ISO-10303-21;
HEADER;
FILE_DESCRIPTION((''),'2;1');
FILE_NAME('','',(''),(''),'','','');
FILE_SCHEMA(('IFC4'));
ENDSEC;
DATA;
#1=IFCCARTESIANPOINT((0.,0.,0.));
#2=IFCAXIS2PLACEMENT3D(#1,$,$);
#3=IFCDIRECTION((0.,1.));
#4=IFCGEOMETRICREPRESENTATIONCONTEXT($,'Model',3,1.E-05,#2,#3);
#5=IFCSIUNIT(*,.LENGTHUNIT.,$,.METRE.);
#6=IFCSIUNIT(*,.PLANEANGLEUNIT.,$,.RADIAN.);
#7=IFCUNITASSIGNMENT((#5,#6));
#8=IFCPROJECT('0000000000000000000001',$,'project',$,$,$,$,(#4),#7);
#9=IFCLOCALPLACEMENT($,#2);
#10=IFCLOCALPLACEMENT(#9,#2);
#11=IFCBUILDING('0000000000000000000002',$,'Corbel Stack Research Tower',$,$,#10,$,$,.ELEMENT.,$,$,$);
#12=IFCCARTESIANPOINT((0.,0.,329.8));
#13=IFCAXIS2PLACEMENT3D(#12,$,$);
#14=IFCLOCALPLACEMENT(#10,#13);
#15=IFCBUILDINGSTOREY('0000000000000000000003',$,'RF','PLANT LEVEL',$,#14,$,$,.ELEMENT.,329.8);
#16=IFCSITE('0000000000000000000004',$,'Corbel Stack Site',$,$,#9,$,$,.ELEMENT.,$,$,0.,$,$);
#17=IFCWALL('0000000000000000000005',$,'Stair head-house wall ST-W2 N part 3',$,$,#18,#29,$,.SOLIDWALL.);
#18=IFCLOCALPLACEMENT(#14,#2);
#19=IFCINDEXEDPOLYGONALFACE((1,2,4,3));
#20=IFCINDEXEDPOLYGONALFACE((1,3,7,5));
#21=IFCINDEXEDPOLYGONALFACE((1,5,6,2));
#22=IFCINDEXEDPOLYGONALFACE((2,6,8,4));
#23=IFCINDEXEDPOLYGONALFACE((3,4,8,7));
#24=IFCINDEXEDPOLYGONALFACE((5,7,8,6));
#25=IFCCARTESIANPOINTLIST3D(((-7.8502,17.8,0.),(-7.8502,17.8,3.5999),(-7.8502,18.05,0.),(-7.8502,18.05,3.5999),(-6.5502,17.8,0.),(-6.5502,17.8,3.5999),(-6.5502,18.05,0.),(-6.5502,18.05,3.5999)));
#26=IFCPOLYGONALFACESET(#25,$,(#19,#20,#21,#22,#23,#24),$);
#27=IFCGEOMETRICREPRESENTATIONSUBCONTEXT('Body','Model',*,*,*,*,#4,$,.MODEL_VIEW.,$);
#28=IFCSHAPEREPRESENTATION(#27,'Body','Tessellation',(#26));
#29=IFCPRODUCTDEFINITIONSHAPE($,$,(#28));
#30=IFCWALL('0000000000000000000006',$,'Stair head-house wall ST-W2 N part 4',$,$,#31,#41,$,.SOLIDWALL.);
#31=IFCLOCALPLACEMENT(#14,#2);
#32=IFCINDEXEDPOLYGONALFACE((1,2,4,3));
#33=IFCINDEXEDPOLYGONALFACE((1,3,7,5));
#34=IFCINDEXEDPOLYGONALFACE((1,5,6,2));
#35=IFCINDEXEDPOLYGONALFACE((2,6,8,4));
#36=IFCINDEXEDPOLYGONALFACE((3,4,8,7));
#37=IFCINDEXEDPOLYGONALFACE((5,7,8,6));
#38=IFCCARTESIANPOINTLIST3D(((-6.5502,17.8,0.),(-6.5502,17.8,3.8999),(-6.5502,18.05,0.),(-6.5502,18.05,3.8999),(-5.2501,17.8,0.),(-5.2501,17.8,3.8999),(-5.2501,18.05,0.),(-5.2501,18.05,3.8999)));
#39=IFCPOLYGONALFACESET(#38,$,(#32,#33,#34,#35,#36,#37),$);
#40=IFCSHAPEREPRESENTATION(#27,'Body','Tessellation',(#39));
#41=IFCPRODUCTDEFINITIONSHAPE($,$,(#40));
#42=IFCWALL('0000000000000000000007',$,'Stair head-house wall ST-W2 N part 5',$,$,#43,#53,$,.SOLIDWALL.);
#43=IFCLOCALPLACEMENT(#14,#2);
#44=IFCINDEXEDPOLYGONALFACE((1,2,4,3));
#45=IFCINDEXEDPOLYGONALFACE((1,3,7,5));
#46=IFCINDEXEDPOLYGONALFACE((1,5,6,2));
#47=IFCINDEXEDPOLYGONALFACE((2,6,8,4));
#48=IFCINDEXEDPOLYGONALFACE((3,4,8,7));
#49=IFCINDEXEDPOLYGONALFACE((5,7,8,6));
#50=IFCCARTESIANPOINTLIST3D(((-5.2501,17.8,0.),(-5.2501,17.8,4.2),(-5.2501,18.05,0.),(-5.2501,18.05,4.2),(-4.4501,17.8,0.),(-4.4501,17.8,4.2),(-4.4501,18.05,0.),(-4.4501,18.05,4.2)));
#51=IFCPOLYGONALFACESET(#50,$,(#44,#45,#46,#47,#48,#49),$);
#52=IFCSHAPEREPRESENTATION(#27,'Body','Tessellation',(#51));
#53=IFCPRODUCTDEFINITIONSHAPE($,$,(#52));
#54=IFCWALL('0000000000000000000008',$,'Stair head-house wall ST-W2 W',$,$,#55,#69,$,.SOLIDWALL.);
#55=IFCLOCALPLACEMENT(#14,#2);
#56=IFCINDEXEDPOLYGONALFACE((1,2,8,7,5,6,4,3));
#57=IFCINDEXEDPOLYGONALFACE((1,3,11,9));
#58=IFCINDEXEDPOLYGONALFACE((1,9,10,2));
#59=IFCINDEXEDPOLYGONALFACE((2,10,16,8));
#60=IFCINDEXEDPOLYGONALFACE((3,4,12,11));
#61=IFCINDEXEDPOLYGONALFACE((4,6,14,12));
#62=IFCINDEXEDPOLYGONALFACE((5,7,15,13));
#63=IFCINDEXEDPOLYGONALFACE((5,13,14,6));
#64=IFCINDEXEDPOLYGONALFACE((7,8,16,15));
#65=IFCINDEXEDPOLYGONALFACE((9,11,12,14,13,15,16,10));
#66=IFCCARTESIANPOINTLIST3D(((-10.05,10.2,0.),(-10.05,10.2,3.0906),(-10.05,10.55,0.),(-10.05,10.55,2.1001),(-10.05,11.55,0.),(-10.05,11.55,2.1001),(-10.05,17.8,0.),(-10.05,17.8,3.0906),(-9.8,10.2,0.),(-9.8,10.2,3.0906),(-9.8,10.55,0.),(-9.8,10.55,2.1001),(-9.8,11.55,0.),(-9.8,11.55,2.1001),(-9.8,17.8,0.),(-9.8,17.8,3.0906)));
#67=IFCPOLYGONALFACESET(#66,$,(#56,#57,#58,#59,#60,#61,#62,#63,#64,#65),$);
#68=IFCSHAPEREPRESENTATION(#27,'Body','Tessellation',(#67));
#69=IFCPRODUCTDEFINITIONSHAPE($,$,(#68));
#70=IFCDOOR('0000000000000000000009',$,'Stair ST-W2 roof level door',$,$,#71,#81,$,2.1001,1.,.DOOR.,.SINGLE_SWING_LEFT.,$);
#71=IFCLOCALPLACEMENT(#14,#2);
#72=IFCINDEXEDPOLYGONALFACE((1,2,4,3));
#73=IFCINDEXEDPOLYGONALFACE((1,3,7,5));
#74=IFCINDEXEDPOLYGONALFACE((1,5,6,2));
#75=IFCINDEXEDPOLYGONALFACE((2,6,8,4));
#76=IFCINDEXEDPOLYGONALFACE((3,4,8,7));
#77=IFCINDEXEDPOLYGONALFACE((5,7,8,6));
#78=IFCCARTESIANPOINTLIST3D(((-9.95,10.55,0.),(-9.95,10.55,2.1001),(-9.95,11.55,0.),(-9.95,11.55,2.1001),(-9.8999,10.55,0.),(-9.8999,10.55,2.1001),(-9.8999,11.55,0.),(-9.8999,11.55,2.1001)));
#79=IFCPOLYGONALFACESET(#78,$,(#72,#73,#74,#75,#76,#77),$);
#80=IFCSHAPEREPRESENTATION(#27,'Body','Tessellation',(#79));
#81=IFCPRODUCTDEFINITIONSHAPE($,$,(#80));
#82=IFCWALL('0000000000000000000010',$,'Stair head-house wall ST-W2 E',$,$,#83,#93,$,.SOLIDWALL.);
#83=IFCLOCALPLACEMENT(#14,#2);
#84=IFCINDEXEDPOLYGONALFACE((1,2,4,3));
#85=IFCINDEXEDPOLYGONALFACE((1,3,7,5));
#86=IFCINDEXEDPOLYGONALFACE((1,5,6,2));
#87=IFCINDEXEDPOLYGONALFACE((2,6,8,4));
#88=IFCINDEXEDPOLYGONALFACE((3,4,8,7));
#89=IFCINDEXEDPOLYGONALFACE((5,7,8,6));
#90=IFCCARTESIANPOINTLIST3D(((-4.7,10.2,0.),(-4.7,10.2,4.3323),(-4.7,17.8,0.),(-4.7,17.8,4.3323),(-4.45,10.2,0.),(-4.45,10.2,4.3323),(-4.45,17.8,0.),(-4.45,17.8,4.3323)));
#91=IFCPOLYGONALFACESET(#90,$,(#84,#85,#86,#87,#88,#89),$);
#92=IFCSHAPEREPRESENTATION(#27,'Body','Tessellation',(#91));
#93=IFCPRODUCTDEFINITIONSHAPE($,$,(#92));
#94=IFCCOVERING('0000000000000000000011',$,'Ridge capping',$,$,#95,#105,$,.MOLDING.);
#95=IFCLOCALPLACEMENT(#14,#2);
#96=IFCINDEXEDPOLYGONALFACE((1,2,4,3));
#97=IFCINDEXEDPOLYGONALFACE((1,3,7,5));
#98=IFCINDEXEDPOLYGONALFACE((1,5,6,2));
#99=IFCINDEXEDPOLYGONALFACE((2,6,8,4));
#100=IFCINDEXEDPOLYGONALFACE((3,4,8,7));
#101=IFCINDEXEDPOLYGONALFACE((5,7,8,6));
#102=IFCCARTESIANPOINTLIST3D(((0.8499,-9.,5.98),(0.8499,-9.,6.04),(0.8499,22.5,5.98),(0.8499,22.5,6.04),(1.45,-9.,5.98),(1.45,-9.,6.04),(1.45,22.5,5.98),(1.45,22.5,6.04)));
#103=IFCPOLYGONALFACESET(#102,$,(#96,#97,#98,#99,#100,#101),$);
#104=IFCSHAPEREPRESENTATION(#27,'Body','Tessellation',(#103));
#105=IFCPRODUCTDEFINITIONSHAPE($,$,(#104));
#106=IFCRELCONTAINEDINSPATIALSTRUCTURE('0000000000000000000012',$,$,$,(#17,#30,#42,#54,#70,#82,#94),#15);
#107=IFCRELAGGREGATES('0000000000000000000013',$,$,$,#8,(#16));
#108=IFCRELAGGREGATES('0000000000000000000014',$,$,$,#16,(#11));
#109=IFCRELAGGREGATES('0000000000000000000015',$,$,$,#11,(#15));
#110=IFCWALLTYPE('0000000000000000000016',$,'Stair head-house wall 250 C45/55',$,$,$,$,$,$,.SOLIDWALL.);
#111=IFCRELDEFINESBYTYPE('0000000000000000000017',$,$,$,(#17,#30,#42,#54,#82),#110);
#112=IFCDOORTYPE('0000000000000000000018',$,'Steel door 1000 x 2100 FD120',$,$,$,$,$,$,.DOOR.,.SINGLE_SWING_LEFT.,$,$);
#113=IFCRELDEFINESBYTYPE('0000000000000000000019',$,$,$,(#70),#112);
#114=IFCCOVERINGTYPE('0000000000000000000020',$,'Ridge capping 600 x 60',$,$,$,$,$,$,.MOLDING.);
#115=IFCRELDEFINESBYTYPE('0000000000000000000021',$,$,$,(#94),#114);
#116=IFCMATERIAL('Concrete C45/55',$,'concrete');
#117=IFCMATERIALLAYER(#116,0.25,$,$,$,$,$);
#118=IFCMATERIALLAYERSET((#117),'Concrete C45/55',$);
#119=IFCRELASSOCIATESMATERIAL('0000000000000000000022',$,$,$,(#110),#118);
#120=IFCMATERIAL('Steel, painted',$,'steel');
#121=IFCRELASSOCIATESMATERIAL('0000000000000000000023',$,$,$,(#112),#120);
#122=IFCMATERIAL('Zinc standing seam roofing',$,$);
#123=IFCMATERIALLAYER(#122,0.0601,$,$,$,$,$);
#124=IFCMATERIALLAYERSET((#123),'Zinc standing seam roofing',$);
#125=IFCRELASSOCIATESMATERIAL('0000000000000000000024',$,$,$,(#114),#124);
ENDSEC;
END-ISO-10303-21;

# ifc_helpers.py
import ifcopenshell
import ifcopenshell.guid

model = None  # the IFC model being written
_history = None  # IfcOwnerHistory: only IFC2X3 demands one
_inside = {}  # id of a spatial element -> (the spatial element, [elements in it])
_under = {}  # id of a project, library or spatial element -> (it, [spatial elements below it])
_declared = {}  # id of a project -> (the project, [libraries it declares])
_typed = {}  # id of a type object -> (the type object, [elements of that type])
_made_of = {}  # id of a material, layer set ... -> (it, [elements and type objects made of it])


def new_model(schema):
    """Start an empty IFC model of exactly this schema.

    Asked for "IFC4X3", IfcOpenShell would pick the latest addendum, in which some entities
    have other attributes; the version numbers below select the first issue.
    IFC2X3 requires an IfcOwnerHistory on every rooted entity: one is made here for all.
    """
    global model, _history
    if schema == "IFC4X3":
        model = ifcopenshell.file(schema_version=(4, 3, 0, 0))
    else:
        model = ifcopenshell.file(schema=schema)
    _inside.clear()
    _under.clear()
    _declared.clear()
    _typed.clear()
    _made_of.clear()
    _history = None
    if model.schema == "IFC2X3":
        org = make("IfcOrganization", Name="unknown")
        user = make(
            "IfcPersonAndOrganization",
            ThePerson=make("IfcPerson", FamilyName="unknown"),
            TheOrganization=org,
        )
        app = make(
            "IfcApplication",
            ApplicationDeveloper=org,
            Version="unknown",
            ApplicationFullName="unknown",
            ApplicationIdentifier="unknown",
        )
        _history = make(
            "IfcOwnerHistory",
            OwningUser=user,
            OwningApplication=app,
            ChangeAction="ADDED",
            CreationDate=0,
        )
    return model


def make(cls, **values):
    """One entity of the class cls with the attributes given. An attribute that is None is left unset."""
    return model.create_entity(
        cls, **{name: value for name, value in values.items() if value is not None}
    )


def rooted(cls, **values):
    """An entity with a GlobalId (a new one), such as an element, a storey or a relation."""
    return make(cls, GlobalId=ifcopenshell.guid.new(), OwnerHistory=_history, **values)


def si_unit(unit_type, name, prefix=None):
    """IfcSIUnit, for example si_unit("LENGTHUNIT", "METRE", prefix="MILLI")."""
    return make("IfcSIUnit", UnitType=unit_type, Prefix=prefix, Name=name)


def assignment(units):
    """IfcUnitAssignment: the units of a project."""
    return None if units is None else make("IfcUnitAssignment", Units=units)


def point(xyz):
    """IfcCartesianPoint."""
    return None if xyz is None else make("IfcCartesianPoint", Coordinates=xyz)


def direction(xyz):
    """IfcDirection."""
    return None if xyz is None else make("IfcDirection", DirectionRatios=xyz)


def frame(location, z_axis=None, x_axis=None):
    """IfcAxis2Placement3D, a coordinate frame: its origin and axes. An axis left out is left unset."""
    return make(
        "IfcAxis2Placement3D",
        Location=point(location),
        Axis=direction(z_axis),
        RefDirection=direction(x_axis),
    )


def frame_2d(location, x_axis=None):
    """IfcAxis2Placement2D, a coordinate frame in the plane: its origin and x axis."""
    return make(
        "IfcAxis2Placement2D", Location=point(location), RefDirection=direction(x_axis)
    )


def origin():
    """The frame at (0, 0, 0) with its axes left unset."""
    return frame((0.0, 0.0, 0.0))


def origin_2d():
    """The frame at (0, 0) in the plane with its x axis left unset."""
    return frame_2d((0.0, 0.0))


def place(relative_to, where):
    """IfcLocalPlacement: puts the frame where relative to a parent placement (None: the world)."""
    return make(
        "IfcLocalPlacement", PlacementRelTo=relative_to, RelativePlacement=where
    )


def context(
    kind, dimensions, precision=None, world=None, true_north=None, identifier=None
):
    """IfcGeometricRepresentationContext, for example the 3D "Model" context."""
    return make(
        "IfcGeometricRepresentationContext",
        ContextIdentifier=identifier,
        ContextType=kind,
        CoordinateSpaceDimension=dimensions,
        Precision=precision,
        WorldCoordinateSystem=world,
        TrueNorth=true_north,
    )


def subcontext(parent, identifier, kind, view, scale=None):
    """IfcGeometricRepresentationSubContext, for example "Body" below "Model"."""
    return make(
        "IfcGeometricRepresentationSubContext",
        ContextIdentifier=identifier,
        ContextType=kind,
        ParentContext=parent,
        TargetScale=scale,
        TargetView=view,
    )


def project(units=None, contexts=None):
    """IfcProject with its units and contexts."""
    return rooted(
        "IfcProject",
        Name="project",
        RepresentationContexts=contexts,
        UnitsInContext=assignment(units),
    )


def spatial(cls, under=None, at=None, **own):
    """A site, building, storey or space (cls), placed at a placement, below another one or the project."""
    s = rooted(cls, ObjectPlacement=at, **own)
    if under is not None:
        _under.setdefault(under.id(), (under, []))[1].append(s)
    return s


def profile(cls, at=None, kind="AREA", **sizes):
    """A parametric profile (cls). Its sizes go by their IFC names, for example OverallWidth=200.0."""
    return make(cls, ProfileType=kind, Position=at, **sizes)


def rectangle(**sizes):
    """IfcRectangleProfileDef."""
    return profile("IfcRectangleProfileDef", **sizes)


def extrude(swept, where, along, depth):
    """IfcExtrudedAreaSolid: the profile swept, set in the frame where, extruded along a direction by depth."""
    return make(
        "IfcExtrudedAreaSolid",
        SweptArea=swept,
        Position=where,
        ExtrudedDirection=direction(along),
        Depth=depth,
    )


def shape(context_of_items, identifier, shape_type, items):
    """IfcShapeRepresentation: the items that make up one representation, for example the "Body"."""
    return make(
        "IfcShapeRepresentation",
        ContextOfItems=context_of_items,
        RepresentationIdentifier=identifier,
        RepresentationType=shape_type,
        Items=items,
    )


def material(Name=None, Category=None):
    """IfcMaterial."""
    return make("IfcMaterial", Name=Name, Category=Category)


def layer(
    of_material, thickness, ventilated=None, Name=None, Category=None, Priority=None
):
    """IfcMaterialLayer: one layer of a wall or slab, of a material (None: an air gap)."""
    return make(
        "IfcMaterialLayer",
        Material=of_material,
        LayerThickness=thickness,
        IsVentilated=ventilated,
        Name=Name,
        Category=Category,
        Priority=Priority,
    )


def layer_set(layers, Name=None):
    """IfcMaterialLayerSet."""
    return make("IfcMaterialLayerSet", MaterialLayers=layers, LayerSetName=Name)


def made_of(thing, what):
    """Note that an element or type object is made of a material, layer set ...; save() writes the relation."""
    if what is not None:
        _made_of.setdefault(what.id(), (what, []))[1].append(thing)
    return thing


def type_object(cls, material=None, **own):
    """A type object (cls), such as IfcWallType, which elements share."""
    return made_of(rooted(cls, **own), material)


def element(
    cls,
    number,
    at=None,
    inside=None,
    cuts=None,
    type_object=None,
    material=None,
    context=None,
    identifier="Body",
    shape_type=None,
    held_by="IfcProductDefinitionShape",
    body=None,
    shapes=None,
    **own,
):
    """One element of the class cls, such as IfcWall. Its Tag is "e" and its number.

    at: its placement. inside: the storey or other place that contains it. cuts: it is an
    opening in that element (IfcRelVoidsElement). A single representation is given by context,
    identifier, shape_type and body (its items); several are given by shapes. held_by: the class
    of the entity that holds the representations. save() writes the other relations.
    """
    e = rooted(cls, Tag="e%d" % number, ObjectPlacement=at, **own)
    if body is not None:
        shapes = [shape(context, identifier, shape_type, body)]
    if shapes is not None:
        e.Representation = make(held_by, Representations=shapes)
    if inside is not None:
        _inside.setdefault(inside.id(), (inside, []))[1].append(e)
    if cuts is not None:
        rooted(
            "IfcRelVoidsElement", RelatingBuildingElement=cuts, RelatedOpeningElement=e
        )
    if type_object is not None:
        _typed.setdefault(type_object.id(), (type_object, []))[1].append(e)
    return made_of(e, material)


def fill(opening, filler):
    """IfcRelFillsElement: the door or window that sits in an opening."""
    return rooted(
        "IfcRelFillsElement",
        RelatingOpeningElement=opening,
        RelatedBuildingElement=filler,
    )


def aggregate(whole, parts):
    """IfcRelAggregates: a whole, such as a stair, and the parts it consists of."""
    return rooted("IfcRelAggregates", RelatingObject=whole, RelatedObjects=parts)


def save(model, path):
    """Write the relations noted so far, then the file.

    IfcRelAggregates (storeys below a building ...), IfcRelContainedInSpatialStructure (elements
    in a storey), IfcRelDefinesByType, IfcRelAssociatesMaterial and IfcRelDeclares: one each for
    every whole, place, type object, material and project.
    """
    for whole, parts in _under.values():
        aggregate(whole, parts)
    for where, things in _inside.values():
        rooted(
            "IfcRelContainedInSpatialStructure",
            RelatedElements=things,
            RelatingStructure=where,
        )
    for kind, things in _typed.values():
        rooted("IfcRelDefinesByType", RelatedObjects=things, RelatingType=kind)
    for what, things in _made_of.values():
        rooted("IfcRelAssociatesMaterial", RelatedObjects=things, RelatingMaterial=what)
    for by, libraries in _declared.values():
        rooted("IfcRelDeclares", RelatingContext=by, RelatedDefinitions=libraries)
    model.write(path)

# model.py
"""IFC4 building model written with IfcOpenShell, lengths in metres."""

from ifc_helpers import new_model, si_unit, direction, frame, frame_2d, origin, origin_2d, place, context, subcontext, project, spatial, rectangle, extrude, material, layer, layer_set, type_object, element, fill, save


model = new_model("IFC4")

# Units and contexts
model_context = context("Model", 3, precision=1e-05, world=origin(), true_north=direction((0.0, 1.0)))
body_context = subcontext(model_context, "Body", "Model", "MODEL_VIEW")
ifc_project = project(units=[si_unit("LENGTHUNIT", "METRE"), si_unit("PLANEANGLEUNIT", "RADIAN")], contexts=[model_context])

# Site, building, storey
site_placement = place(None, origin())
site = spatial("IfcSite", under=ifc_project, at=site_placement, Name="Corbel Stack Site", CompositionType="ELEMENT", RefElevation=0.0)
building_placement = place(site_placement, origin())
building = spatial("IfcBuilding", under=site, at=building_placement, Name="Corbel Stack Research Tower", CompositionType="ELEMENT")
storey_placement = place(building_placement, frame((0.0, 0.0, 329.8)))
storey = spatial("IfcBuildingStorey", under=building, at=storey_placement, Name="RF", Description="PLANT LEVEL", CompositionType="ELEMENT", Elevation=329.8)

# Walls
ifc_material_1 = material(Name="Concrete C45/55", Category="concrete")
ifc_layer_1 = layer(ifc_material_1, 0.25)
ifc_layer_set_1 = layer_set([ifc_layer_1], Name="Concrete C45/55")
wall_type_1 = type_object("IfcWallType", Name="Stair head-house wall 250 C45/55", PredefinedType="SOLIDWALL", material=ifc_layer_set_1)
wall_1_placement = place(storey_placement, frame((-7.8501, 17.925, 0.0), z_axis=(0.0, 0.0, 1.0), x_axis=(1.0, 0.0, 0.0)))
element("IfcWall", 1, at=wall_1_placement, inside=storey, type_object=wall_type_1, Name="Stair head-house wall ST-W2 N part 3", PredefinedType="SOLIDWALL", context=body_context, shape_type="SweptSolid", body=[
    extrude(rectangle(XDim=1.3, YDim=0.25, at=frame_2d((0.6499, 0.0))), origin(), (0.0, 0.0, 1.0), 3.5999),
])
wall_2_placement = place(storey_placement, frame((-6.55, 17.925, 0.0), z_axis=(0.0, 0.0, 1.0), x_axis=(1.0, 0.0, 0.0)))
element("IfcWall", 2, at=wall_2_placement, inside=storey, type_object=wall_type_1, Name="Stair head-house wall ST-W2 N part 4", PredefinedType="SOLIDWALL", context=body_context, shape_type="SweptSolid", body=[
    extrude(rectangle(XDim=1.3, YDim=0.25, at=frame_2d((0.6499, 0.0))), origin(), (0.0, 0.0, 1.0), 3.8999),
])
wall_3_placement = place(storey_placement, frame((-5.25, 17.925, 0.0), z_axis=(0.0, 0.0, 1.0), x_axis=(1.0, 0.0, 0.0)))
element("IfcWall", 3, at=wall_3_placement, inside=storey, type_object=wall_type_1, Name="Stair head-house wall ST-W2 N part 5", PredefinedType="SOLIDWALL", context=body_context, shape_type="SweptSolid", body=[
    extrude(rectangle(XDim=0.8, YDim=0.25, at=frame_2d((0.3999, 0.0))), origin(), (0.0, 0.0, 1.0), 4.2),
])

# Wall, opening, door
wall_4_placement = place(storey_placement, frame((-9.925, 10.2, 0.0), z_axis=(0.0, 0.0, 1.0), x_axis=(0.0, 1.0, 0.0)))
wall_4 = element("IfcWall", 4, at=wall_4_placement, inside=storey, type_object=wall_type_1, Name="Stair head-house wall ST-W2 W", PredefinedType="SOLIDWALL", context=body_context, shape_type="SweptSolid", body=[
    extrude(rectangle(XDim=7.6001, YDim=0.25, at=frame_2d((3.8, 0.0))), origin(), (0.0, 0.0, 1.0), 3.0906),
])
opening_1_placement = place(wall_4_placement, frame((0.3501, 0.0, 0.0)))
opening_1 = element("IfcOpeningElement", 5, at=opening_1_placement, cuts=wall_4, PredefinedType="OPENING", context=body_context, shape_type="SweptSolid", body=[
    extrude(rectangle(XDim=1.0, YDim=2.1001, at=frame_2d((0.5, 1.05))), frame((0.0, 0.135, 0.0), z_axis=(0.0, -1.0, 0.0), x_axis=(1.0, 0.0, 0.0)), (0.0, 0.0, 1.0), 0.27),
])
ifc_material_2 = material(Name="Steel, painted", Category="steel")
door_type_1 = type_object("IfcDoorType", Name="Steel door 1000 x 2100 FD120", OperationType="SINGLE_SWING_LEFT", PredefinedType="DOOR", material=ifc_material_2)
door_1_placement = place(opening_1_placement, origin())
door_1 = element("IfcDoor", 6, at=door_1_placement, inside=storey, type_object=door_type_1, Name="Stair ST-W2 roof level door", OperationType="SINGLE_SWING_LEFT", OverallHeight=2.1001, OverallWidth=1.0, PredefinedType="DOOR", context=body_context, shape_type="SweptSolid", body=[
    extrude(rectangle(XDim=1.0, YDim=2.1001, at=frame_2d((0.5, 1.05))), frame((0.0, 0.0249, 0.0), z_axis=(0.0, -1.0, 0.0), x_axis=(1.0, 0.0, 0.0)), (0.0, 0.0, 1.0), 0.05),
])
fill(opening_1, door_1)

# Wall
wall_5_placement = place(storey_placement, frame((-4.575, 10.2, 0.0), z_axis=(0.0, 0.0, 1.0), x_axis=(0.0, 1.0, 0.0)))
element("IfcWall", 7, at=wall_5_placement, inside=storey, type_object=wall_type_1, Name="Stair head-house wall ST-W2 E", PredefinedType="SOLIDWALL", context=body_context, shape_type="SweptSolid", body=[
    extrude(rectangle(XDim=7.6001, YDim=0.25, at=frame_2d((3.8, 0.0))), origin(), (0.0, 0.0, 1.0), 4.3323),
])

# Covering
ifc_material_3 = material(Name="Zinc standing seam roofing")
ifc_layer_2 = layer(ifc_material_3, 0.0601)
ifc_layer_set_2 = layer_set([ifc_layer_2], Name="Zinc standing seam roofing")
covering_type = type_object("IfcCoveringType", Name="Ridge capping 600 x 60", PredefinedType="MOLDING", material=ifc_layer_set_2)
covering_placement = place(storey_placement, frame((1.1499, 6.75, 5.98), z_axis=(0.0, 0.0, 1.0), x_axis=(1.0, 0.0, 0.0)))
element("IfcCovering", 8, at=covering_placement, inside=storey, type_object=covering_type, Name="Ridge capping", PredefinedType="MOLDING", context=body_context, shape_type="SweptSolid", body=[
    extrude(rectangle(XDim=0.6001, YDim=31.5, at=origin_2d()), origin(), (0.0, 0.0, 1.0), 0.0601),
])

save(model, "model.ifc")
